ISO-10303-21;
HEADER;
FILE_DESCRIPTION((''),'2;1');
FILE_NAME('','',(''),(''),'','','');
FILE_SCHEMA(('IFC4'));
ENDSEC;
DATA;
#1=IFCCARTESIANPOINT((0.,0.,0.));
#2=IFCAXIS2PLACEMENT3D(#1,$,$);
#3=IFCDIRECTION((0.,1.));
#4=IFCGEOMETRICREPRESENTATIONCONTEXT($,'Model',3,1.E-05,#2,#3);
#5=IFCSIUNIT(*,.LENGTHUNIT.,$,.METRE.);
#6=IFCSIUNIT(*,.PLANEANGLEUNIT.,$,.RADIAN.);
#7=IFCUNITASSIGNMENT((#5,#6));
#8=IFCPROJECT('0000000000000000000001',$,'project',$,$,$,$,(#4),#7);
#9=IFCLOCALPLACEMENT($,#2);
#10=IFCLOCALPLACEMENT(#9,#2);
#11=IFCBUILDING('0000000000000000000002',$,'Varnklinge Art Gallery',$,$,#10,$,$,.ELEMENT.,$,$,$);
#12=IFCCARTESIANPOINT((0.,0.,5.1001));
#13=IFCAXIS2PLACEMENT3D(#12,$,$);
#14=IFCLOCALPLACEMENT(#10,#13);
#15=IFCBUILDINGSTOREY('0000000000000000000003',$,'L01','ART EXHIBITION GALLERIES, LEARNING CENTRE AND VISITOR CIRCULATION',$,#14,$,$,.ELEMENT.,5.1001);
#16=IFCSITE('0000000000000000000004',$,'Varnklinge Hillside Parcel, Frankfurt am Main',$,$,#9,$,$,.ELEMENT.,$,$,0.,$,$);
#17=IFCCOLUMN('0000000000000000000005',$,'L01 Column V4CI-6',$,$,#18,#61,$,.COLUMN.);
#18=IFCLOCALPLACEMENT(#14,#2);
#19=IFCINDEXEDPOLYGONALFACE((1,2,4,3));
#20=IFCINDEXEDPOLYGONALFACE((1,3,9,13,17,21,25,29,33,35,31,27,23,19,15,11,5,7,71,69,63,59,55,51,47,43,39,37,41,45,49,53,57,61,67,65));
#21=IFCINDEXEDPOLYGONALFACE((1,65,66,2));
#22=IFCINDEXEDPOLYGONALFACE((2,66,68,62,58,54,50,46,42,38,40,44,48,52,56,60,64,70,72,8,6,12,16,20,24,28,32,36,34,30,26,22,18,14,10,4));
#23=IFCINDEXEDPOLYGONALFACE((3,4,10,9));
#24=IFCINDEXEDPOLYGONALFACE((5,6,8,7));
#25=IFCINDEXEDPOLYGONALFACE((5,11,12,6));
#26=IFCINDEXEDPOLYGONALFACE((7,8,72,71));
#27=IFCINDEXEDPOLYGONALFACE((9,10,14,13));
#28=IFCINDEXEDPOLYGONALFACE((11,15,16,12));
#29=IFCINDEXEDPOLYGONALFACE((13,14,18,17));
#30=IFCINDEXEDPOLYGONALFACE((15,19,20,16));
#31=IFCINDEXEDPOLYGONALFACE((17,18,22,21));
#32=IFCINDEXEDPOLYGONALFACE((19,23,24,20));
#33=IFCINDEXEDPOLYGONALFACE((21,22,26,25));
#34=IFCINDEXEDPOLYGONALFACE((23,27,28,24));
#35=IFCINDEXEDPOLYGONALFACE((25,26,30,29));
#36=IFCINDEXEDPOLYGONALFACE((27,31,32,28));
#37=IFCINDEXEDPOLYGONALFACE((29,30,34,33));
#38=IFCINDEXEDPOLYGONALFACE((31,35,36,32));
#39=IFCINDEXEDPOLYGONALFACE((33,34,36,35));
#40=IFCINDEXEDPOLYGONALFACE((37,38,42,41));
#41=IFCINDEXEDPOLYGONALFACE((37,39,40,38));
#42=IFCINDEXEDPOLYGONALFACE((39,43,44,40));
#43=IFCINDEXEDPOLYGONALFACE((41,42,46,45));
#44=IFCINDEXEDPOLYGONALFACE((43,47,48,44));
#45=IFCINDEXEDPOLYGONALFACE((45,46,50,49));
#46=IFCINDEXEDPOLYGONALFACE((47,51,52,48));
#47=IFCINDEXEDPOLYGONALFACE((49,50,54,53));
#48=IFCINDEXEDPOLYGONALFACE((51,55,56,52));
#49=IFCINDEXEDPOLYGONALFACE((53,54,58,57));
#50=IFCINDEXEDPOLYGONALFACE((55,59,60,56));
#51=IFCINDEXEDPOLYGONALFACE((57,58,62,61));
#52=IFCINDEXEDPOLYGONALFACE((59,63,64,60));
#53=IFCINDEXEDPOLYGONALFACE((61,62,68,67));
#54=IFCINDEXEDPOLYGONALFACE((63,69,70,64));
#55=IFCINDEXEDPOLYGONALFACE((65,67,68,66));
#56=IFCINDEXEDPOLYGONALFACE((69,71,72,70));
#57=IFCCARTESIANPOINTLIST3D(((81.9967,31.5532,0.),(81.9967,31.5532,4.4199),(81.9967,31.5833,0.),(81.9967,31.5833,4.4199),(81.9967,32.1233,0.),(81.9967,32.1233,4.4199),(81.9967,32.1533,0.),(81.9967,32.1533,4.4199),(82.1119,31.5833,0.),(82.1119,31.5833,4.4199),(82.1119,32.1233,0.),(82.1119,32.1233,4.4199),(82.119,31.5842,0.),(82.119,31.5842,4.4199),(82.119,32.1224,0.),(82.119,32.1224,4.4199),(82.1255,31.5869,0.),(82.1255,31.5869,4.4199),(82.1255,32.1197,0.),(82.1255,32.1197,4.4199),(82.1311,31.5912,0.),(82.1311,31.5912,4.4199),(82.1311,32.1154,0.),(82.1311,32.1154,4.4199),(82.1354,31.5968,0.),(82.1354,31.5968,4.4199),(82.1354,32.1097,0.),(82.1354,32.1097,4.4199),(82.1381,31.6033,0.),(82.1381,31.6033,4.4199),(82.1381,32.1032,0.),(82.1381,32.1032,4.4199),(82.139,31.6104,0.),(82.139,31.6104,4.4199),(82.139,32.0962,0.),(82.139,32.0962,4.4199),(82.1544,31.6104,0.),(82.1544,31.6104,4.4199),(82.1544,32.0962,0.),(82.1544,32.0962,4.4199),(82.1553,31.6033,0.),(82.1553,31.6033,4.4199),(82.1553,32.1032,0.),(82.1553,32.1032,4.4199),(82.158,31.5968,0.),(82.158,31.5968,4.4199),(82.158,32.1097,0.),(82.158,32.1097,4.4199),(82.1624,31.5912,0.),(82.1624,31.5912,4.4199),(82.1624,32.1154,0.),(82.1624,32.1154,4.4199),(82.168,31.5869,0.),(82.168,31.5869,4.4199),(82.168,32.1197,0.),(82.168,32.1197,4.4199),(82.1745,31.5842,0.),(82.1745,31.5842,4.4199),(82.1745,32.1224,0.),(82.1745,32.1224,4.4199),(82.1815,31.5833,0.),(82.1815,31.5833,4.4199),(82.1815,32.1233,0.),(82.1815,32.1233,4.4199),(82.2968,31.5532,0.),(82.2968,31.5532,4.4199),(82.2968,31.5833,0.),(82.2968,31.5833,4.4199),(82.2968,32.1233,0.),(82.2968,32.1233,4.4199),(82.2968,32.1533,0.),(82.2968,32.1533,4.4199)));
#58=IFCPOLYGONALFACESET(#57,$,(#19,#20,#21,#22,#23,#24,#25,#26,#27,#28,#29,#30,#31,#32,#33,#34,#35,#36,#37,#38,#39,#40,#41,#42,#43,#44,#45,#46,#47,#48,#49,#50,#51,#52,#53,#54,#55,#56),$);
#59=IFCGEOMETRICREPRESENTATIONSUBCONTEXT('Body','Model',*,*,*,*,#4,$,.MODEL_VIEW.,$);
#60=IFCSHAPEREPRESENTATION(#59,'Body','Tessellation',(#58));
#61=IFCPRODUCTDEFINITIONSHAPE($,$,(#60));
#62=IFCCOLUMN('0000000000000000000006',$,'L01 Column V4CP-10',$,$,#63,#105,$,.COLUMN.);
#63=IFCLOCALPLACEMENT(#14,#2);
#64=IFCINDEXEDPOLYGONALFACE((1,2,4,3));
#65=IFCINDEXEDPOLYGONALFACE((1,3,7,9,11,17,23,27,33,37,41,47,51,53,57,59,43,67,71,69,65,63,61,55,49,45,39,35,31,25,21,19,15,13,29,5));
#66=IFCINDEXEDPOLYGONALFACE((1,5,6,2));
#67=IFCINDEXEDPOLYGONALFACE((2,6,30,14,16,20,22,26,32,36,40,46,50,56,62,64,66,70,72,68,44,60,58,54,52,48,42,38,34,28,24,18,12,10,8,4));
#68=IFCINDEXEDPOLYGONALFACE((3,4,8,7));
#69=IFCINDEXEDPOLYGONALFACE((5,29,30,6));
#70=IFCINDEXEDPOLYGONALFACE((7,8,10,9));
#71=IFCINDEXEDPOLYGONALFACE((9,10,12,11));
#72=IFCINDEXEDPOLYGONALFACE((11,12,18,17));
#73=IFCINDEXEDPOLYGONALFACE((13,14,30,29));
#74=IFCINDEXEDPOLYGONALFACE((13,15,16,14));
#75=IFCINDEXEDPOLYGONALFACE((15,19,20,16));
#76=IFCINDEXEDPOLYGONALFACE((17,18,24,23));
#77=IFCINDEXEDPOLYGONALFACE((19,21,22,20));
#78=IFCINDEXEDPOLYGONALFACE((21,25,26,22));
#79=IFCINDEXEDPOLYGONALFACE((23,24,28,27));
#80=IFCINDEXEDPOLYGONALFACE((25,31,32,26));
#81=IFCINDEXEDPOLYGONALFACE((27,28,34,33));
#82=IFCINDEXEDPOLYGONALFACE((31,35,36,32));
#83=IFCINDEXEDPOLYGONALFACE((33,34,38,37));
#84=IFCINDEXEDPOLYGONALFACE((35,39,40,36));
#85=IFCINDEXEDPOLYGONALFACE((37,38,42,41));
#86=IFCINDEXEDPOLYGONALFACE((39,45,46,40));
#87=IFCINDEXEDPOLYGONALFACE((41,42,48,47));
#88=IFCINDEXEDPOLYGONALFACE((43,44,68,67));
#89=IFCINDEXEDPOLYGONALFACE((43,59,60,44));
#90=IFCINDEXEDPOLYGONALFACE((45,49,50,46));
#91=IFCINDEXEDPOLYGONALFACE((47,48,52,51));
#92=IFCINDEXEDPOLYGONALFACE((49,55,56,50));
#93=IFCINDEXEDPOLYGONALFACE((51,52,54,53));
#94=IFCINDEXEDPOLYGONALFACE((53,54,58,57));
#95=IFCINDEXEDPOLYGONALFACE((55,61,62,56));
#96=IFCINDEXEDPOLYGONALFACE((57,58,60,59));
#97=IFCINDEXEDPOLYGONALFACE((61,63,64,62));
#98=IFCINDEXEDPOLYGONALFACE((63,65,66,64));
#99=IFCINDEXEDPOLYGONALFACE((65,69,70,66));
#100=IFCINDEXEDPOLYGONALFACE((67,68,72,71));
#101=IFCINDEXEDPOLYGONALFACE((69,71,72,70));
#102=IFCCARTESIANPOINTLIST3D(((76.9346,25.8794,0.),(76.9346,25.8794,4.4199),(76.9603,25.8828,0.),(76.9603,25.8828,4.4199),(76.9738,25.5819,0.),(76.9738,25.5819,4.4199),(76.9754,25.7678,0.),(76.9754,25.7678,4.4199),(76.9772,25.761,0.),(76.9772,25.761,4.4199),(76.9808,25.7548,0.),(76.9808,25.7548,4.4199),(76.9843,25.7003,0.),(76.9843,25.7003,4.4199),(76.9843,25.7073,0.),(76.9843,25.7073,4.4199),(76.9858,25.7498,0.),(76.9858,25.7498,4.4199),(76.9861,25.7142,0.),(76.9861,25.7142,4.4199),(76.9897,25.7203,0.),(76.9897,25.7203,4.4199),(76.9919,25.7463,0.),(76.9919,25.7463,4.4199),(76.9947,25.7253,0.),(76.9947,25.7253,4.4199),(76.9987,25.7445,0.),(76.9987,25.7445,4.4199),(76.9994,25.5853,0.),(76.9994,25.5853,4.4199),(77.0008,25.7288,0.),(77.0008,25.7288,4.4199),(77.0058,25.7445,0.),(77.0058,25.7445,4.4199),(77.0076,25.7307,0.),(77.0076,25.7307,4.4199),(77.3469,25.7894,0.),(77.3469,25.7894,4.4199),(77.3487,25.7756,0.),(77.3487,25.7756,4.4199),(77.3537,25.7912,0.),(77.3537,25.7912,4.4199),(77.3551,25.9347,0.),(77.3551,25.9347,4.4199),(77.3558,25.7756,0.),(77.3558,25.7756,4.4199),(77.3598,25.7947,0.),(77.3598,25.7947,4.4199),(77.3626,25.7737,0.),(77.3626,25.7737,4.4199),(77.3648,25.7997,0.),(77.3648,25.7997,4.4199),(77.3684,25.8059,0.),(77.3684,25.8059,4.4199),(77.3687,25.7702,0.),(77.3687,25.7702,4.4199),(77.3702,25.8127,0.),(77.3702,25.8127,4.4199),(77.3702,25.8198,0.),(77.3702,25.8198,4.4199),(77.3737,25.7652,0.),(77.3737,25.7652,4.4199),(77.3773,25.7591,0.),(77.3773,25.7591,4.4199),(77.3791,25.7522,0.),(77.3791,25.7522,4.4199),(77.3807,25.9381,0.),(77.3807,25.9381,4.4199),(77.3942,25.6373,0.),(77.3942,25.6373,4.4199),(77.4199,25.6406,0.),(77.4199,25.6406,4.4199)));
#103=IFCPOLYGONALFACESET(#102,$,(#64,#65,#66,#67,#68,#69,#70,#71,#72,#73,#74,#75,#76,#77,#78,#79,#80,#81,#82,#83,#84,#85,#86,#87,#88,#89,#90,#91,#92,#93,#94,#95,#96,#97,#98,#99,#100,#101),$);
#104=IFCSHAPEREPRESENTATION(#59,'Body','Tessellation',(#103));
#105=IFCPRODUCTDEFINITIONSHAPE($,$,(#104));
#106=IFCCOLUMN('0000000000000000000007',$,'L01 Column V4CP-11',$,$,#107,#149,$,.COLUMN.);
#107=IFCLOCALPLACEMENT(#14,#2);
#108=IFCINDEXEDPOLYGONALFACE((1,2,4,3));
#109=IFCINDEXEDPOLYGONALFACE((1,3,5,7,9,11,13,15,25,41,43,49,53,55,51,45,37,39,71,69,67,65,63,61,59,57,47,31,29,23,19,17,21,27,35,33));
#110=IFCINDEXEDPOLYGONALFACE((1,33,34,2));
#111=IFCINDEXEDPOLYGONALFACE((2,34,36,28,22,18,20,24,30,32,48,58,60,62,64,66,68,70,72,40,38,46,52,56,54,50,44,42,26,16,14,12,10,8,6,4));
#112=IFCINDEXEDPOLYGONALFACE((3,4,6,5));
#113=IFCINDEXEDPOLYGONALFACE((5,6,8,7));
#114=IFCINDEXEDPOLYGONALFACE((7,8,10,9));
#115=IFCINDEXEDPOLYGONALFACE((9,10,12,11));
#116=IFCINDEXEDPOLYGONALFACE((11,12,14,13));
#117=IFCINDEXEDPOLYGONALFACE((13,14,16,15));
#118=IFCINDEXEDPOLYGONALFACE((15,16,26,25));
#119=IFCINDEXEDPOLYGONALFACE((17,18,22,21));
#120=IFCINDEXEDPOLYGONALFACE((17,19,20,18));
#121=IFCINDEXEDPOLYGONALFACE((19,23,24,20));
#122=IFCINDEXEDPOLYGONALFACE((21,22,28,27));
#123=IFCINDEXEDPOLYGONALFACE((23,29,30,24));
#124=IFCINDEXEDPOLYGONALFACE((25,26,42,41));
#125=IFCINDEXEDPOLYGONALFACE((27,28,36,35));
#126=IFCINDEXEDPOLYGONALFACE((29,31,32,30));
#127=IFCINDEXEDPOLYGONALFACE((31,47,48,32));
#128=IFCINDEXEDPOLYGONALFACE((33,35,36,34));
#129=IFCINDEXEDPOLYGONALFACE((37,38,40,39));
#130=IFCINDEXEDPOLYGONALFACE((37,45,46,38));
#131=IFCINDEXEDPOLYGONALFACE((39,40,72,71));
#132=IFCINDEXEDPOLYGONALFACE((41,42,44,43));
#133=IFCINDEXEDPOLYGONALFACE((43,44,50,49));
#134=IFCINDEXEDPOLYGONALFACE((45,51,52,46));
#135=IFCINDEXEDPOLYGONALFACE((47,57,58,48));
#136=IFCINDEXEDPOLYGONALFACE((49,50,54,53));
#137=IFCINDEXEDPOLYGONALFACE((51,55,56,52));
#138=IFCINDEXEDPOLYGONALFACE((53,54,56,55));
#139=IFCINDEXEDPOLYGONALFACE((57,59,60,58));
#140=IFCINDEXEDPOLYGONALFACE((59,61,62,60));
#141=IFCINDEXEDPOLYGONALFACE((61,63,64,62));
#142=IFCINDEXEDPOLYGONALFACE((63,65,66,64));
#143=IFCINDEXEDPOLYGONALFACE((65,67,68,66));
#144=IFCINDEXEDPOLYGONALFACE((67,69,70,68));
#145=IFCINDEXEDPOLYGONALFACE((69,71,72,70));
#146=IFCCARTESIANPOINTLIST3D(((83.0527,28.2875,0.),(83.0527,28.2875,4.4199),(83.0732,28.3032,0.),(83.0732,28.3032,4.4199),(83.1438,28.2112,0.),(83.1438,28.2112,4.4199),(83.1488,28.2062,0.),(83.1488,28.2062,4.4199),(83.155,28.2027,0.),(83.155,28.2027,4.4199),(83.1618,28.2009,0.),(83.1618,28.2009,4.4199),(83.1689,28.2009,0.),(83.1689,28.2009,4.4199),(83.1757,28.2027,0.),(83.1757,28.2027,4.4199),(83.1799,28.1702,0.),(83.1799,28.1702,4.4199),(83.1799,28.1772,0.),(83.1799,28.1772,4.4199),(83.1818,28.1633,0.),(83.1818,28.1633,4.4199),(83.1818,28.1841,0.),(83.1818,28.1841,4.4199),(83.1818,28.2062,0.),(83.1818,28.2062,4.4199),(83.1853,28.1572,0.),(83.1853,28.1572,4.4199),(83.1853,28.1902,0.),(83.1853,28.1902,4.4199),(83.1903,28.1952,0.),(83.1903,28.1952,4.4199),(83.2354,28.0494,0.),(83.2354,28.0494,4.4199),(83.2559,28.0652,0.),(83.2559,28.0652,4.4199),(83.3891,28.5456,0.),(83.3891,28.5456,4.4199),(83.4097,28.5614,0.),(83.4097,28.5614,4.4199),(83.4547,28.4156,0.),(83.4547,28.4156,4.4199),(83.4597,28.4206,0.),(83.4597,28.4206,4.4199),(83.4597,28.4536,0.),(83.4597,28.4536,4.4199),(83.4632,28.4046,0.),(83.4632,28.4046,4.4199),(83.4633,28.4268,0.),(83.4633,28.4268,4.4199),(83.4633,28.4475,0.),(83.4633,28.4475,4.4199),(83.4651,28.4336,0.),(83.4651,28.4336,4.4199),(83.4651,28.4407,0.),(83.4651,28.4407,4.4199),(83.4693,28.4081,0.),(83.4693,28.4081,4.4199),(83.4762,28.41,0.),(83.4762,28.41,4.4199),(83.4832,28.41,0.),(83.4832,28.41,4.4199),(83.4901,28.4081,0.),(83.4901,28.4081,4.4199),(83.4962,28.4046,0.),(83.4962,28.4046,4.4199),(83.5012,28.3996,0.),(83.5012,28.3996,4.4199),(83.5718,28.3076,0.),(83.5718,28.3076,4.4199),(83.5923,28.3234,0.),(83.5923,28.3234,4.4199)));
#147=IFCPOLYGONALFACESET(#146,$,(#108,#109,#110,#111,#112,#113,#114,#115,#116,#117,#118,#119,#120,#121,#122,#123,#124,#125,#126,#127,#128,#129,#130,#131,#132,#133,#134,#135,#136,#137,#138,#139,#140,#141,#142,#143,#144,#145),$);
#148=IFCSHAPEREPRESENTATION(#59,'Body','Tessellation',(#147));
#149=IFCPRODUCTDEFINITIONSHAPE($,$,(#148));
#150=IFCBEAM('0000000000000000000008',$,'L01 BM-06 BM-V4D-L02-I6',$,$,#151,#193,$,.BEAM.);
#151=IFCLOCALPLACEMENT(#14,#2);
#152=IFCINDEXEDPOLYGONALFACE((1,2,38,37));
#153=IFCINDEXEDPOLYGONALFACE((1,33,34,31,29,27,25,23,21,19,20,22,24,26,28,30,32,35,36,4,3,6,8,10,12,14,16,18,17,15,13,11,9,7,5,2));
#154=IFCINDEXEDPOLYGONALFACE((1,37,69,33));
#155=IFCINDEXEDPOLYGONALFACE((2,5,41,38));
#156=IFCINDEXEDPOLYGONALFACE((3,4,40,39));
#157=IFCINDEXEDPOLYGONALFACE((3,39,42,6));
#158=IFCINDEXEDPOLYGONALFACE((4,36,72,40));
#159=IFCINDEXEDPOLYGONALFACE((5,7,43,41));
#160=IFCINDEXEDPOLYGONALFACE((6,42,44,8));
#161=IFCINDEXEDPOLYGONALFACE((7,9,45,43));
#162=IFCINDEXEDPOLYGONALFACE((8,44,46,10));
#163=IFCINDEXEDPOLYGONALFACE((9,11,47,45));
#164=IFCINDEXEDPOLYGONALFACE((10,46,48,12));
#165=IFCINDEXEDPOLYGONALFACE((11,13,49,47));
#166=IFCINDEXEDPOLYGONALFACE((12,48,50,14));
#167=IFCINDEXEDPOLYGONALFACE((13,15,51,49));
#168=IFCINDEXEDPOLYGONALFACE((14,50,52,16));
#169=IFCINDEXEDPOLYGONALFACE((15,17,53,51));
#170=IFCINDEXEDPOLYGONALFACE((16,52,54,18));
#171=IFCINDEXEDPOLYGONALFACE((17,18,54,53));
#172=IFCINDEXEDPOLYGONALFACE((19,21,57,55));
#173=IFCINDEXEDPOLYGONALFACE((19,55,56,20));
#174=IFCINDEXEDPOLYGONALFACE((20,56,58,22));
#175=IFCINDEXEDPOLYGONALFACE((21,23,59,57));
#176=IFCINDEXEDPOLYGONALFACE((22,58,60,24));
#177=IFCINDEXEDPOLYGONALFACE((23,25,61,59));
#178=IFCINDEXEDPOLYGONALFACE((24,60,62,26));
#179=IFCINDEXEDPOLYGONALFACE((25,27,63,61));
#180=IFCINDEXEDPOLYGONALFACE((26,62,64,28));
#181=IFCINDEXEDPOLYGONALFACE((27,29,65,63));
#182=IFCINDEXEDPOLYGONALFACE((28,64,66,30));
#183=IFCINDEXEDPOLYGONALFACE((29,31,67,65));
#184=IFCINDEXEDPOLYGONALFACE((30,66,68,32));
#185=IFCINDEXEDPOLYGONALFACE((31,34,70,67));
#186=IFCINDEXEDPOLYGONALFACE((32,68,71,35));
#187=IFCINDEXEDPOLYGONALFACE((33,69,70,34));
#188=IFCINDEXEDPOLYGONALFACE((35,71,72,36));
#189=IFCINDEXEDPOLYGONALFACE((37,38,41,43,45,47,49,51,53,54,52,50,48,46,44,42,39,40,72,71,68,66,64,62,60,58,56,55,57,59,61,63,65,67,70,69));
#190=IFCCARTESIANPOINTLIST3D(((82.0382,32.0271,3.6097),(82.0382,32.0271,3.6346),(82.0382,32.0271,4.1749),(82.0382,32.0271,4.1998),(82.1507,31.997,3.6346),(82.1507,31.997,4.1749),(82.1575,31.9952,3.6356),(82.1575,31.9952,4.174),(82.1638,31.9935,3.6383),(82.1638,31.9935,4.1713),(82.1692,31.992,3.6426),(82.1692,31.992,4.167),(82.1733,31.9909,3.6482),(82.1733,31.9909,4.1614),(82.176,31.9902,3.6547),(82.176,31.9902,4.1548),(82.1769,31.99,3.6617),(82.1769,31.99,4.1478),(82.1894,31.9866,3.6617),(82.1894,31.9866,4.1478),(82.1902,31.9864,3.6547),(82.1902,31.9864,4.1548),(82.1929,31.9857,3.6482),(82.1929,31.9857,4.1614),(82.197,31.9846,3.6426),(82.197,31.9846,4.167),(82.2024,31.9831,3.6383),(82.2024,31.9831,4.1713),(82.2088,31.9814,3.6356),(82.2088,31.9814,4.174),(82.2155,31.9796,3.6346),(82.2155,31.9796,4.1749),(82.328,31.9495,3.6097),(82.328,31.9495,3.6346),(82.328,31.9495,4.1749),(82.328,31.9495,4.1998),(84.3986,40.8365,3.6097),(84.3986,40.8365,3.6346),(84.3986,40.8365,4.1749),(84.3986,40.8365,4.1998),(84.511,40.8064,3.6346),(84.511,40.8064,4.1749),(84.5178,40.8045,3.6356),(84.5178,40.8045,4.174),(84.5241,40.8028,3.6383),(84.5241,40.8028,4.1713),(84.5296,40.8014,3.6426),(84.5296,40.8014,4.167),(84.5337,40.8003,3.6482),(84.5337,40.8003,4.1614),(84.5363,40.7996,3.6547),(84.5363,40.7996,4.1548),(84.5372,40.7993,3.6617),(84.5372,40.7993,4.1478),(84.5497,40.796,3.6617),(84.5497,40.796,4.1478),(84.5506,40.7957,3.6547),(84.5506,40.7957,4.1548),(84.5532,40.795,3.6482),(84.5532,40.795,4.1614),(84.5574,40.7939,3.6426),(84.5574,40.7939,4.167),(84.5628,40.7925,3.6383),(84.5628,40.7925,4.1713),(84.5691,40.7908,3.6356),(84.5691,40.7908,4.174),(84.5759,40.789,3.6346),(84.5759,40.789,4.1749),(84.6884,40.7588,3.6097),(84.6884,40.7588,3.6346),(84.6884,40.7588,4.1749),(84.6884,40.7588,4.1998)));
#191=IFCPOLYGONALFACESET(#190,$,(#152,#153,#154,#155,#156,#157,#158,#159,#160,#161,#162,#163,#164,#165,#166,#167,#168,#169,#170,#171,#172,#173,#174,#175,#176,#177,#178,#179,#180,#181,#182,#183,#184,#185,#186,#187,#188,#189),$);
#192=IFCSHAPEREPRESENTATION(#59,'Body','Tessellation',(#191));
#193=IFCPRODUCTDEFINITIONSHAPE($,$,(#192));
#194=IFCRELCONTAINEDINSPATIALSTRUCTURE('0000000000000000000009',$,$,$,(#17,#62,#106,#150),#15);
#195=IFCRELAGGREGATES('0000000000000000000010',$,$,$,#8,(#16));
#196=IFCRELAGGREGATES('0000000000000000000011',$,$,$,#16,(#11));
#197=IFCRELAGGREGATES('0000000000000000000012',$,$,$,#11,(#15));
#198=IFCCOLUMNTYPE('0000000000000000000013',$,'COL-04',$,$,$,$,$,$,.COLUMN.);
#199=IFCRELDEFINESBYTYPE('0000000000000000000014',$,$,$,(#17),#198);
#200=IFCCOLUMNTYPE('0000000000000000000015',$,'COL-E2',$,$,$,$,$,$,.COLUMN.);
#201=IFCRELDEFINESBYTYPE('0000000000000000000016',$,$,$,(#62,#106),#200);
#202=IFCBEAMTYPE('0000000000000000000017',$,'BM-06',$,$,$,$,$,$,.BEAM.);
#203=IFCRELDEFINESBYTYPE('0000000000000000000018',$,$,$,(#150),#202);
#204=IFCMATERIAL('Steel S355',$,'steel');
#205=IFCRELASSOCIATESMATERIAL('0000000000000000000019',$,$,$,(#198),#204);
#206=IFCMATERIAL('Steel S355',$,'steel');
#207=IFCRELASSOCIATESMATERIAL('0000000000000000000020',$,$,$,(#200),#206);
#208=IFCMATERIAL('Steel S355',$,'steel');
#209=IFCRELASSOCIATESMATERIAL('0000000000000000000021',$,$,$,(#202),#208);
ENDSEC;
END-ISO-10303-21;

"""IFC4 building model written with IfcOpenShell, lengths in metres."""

from ifc_helpers import new_model, si_unit, direction, frame, origin, origin_2d, place, context, subcontext, project, spatial, i_section, extrude, material, material_profile, profile_set, type_object, element, save


model = new_model("IFC4")

# Units and contexts
model_context = context("Model", 3, precision=1e-05, world=origin(), true_north=direction((0.0, 1.0)))
body_context = subcontext(model_context, "Body", "Model", "MODEL_VIEW")
ifc_project = project(units=[si_unit("LENGTHUNIT", "METRE"), si_unit("PLANEANGLEUNIT", "RADIAN")], contexts=[model_context])

# Site, building, storey
site_placement = place(None, origin())
site = spatial("IfcSite", under=ifc_project, at=site_placement, Name="Varnklinge Hillside Parcel, Frankfurt am Main", CompositionType="ELEMENT", RefElevation=0.0)
building_placement = place(site_placement, origin())
building = spatial("IfcBuilding", under=site, at=building_placement, Name="Varnklinge Art Gallery", CompositionType="ELEMENT")
storey_placement = place(building_placement, frame((0.0, 0.0, 5.1001)))
storey = spatial("IfcBuildingStorey", under=building, at=storey_placement, Name="L01", Description="ART EXHIBITION GALLERIES, LEARNING CENTRE AND VISITOR CIRCULATION", CompositionType="ELEMENT", Elevation=5.1001)

# Columns
ifc_material_1 = material(Name="Steel S355", Category="steel")
ifc_material_profile_1 = material_profile(ifc_material_1, i_section(OverallWidth=0.3, OverallDepth=0.6001, WebThickness=0.0154, FlangeThickness=0.03, FilletRadius=0.0271, at=origin_2d()), Name="HEB 600")
ifc_profile_set_1 = profile_set([ifc_material_profile_1], Name="Steel S355")
column_type_1 = type_object("IfcColumnType", Name="COL-04", PredefinedType="COLUMN", material=ifc_profile_set_1)
column_placement = place(storey_placement, frame((82.1467, 31.8533, 0.0), z_axis=(0.0, 0.0, 1.0), x_axis=(1.0, 0.0, 0.0)))
element("IfcColumn", 1, at=column_placement, inside=storey, type_object=column_type_1, Name="L01 Column V4CI-6", PredefinedType="COLUMN", context=body_context, shape_type="SweptSolid", body=[
    extrude(i_section(OverallWidth=0.3, OverallDepth=0.6001, WebThickness=0.0154, FlangeThickness=0.03, FilletRadius=0.0271, at=origin_2d()), origin(), (0.0, 0.0, 1.0), 4.4199),
])
ifc_material_2 = material(Name="Steel S355", Category="steel")
ifc_material_profile_2 = material_profile(ifc_material_2, i_section(OverallWidth=0.3, OverallDepth=0.45, WebThickness=0.0139, FlangeThickness=0.0259, FilletRadius=0.0271, at=origin_2d()), Name="HEB 450")
ifc_profile_set_2 = profile_set([ifc_material_profile_2], Name="Steel S355")
column_type_2 = type_object("IfcColumnType", Name="COL-E2", PredefinedType="COLUMN", material=ifc_profile_set_2)
for number, where, z_axis, x_axis, name in (
    (2, (77.1772, 25.76, 0.0), (0.0, 0.0, 1.0), (0.130526, -0.991445, 0.0), "L01 Column V4CP-10"),
    (3, (83.3225, 28.3054, 0.0), (0.0, 0.0, 1.0), (0.608761, -0.793353, 0.0), "L01 Column V4CP-11"),
):
    element("IfcColumn", number, at=place(storey_placement, frame(where, z_axis=z_axis, x_axis=x_axis)), inside=storey, type_object=column_type_2, Name=name, PredefinedType="COLUMN", context=body_context, shape_type="SweptSolid", body=[
        extrude(i_section(OverallWidth=0.3, OverallDepth=0.45, WebThickness=0.0139, FlangeThickness=0.0259, FilletRadius=0.0271, at=origin_2d()), origin(), (0.0, 0.0, 1.0), 4.4199),
    ])

# Beam
ifc_material_3 = material(Name="Steel S355", Category="steel")
ifc_material_profile_3 = material_profile(ifc_material_3, i_section(OverallWidth=0.3, OverallDepth=0.5901, WebThickness=0.0129, FlangeThickness=0.0249, FilletRadius=0.0271, at=origin_2d()), Name="HEA 600")
ifc_profile_set_3 = profile_set([ifc_material_profile_3], Name="Steel S355")
beam_type_1 = type_object("IfcBeamType", Name="BM-06", PredefinedType="BEAM", material=ifc_profile_set_3)
beam_1_placement = place(storey_placement, frame((82.1831, 31.9883, 3.9048), z_axis=(0.258809, 0.965929, 0.0), x_axis=(-0.965929, 0.258809, 0.0)))
element("IfcBeam", 4, at=beam_1_placement, inside=storey, type_object=beam_type_1, Name="L01 BM-06 BM-V4D-L02-I6", PredefinedType="BEAM", context=body_context, shape_type="SweptSolid", body=[
    extrude(i_section(OverallWidth=0.3, OverallDepth=0.5901, WebThickness=0.0129, FlangeThickness=0.0249, FilletRadius=0.0271, at=origin_2d()), origin(), (0.0, 0.0, 1.0), 9.1201),
])

save(model, "model.ifc")
